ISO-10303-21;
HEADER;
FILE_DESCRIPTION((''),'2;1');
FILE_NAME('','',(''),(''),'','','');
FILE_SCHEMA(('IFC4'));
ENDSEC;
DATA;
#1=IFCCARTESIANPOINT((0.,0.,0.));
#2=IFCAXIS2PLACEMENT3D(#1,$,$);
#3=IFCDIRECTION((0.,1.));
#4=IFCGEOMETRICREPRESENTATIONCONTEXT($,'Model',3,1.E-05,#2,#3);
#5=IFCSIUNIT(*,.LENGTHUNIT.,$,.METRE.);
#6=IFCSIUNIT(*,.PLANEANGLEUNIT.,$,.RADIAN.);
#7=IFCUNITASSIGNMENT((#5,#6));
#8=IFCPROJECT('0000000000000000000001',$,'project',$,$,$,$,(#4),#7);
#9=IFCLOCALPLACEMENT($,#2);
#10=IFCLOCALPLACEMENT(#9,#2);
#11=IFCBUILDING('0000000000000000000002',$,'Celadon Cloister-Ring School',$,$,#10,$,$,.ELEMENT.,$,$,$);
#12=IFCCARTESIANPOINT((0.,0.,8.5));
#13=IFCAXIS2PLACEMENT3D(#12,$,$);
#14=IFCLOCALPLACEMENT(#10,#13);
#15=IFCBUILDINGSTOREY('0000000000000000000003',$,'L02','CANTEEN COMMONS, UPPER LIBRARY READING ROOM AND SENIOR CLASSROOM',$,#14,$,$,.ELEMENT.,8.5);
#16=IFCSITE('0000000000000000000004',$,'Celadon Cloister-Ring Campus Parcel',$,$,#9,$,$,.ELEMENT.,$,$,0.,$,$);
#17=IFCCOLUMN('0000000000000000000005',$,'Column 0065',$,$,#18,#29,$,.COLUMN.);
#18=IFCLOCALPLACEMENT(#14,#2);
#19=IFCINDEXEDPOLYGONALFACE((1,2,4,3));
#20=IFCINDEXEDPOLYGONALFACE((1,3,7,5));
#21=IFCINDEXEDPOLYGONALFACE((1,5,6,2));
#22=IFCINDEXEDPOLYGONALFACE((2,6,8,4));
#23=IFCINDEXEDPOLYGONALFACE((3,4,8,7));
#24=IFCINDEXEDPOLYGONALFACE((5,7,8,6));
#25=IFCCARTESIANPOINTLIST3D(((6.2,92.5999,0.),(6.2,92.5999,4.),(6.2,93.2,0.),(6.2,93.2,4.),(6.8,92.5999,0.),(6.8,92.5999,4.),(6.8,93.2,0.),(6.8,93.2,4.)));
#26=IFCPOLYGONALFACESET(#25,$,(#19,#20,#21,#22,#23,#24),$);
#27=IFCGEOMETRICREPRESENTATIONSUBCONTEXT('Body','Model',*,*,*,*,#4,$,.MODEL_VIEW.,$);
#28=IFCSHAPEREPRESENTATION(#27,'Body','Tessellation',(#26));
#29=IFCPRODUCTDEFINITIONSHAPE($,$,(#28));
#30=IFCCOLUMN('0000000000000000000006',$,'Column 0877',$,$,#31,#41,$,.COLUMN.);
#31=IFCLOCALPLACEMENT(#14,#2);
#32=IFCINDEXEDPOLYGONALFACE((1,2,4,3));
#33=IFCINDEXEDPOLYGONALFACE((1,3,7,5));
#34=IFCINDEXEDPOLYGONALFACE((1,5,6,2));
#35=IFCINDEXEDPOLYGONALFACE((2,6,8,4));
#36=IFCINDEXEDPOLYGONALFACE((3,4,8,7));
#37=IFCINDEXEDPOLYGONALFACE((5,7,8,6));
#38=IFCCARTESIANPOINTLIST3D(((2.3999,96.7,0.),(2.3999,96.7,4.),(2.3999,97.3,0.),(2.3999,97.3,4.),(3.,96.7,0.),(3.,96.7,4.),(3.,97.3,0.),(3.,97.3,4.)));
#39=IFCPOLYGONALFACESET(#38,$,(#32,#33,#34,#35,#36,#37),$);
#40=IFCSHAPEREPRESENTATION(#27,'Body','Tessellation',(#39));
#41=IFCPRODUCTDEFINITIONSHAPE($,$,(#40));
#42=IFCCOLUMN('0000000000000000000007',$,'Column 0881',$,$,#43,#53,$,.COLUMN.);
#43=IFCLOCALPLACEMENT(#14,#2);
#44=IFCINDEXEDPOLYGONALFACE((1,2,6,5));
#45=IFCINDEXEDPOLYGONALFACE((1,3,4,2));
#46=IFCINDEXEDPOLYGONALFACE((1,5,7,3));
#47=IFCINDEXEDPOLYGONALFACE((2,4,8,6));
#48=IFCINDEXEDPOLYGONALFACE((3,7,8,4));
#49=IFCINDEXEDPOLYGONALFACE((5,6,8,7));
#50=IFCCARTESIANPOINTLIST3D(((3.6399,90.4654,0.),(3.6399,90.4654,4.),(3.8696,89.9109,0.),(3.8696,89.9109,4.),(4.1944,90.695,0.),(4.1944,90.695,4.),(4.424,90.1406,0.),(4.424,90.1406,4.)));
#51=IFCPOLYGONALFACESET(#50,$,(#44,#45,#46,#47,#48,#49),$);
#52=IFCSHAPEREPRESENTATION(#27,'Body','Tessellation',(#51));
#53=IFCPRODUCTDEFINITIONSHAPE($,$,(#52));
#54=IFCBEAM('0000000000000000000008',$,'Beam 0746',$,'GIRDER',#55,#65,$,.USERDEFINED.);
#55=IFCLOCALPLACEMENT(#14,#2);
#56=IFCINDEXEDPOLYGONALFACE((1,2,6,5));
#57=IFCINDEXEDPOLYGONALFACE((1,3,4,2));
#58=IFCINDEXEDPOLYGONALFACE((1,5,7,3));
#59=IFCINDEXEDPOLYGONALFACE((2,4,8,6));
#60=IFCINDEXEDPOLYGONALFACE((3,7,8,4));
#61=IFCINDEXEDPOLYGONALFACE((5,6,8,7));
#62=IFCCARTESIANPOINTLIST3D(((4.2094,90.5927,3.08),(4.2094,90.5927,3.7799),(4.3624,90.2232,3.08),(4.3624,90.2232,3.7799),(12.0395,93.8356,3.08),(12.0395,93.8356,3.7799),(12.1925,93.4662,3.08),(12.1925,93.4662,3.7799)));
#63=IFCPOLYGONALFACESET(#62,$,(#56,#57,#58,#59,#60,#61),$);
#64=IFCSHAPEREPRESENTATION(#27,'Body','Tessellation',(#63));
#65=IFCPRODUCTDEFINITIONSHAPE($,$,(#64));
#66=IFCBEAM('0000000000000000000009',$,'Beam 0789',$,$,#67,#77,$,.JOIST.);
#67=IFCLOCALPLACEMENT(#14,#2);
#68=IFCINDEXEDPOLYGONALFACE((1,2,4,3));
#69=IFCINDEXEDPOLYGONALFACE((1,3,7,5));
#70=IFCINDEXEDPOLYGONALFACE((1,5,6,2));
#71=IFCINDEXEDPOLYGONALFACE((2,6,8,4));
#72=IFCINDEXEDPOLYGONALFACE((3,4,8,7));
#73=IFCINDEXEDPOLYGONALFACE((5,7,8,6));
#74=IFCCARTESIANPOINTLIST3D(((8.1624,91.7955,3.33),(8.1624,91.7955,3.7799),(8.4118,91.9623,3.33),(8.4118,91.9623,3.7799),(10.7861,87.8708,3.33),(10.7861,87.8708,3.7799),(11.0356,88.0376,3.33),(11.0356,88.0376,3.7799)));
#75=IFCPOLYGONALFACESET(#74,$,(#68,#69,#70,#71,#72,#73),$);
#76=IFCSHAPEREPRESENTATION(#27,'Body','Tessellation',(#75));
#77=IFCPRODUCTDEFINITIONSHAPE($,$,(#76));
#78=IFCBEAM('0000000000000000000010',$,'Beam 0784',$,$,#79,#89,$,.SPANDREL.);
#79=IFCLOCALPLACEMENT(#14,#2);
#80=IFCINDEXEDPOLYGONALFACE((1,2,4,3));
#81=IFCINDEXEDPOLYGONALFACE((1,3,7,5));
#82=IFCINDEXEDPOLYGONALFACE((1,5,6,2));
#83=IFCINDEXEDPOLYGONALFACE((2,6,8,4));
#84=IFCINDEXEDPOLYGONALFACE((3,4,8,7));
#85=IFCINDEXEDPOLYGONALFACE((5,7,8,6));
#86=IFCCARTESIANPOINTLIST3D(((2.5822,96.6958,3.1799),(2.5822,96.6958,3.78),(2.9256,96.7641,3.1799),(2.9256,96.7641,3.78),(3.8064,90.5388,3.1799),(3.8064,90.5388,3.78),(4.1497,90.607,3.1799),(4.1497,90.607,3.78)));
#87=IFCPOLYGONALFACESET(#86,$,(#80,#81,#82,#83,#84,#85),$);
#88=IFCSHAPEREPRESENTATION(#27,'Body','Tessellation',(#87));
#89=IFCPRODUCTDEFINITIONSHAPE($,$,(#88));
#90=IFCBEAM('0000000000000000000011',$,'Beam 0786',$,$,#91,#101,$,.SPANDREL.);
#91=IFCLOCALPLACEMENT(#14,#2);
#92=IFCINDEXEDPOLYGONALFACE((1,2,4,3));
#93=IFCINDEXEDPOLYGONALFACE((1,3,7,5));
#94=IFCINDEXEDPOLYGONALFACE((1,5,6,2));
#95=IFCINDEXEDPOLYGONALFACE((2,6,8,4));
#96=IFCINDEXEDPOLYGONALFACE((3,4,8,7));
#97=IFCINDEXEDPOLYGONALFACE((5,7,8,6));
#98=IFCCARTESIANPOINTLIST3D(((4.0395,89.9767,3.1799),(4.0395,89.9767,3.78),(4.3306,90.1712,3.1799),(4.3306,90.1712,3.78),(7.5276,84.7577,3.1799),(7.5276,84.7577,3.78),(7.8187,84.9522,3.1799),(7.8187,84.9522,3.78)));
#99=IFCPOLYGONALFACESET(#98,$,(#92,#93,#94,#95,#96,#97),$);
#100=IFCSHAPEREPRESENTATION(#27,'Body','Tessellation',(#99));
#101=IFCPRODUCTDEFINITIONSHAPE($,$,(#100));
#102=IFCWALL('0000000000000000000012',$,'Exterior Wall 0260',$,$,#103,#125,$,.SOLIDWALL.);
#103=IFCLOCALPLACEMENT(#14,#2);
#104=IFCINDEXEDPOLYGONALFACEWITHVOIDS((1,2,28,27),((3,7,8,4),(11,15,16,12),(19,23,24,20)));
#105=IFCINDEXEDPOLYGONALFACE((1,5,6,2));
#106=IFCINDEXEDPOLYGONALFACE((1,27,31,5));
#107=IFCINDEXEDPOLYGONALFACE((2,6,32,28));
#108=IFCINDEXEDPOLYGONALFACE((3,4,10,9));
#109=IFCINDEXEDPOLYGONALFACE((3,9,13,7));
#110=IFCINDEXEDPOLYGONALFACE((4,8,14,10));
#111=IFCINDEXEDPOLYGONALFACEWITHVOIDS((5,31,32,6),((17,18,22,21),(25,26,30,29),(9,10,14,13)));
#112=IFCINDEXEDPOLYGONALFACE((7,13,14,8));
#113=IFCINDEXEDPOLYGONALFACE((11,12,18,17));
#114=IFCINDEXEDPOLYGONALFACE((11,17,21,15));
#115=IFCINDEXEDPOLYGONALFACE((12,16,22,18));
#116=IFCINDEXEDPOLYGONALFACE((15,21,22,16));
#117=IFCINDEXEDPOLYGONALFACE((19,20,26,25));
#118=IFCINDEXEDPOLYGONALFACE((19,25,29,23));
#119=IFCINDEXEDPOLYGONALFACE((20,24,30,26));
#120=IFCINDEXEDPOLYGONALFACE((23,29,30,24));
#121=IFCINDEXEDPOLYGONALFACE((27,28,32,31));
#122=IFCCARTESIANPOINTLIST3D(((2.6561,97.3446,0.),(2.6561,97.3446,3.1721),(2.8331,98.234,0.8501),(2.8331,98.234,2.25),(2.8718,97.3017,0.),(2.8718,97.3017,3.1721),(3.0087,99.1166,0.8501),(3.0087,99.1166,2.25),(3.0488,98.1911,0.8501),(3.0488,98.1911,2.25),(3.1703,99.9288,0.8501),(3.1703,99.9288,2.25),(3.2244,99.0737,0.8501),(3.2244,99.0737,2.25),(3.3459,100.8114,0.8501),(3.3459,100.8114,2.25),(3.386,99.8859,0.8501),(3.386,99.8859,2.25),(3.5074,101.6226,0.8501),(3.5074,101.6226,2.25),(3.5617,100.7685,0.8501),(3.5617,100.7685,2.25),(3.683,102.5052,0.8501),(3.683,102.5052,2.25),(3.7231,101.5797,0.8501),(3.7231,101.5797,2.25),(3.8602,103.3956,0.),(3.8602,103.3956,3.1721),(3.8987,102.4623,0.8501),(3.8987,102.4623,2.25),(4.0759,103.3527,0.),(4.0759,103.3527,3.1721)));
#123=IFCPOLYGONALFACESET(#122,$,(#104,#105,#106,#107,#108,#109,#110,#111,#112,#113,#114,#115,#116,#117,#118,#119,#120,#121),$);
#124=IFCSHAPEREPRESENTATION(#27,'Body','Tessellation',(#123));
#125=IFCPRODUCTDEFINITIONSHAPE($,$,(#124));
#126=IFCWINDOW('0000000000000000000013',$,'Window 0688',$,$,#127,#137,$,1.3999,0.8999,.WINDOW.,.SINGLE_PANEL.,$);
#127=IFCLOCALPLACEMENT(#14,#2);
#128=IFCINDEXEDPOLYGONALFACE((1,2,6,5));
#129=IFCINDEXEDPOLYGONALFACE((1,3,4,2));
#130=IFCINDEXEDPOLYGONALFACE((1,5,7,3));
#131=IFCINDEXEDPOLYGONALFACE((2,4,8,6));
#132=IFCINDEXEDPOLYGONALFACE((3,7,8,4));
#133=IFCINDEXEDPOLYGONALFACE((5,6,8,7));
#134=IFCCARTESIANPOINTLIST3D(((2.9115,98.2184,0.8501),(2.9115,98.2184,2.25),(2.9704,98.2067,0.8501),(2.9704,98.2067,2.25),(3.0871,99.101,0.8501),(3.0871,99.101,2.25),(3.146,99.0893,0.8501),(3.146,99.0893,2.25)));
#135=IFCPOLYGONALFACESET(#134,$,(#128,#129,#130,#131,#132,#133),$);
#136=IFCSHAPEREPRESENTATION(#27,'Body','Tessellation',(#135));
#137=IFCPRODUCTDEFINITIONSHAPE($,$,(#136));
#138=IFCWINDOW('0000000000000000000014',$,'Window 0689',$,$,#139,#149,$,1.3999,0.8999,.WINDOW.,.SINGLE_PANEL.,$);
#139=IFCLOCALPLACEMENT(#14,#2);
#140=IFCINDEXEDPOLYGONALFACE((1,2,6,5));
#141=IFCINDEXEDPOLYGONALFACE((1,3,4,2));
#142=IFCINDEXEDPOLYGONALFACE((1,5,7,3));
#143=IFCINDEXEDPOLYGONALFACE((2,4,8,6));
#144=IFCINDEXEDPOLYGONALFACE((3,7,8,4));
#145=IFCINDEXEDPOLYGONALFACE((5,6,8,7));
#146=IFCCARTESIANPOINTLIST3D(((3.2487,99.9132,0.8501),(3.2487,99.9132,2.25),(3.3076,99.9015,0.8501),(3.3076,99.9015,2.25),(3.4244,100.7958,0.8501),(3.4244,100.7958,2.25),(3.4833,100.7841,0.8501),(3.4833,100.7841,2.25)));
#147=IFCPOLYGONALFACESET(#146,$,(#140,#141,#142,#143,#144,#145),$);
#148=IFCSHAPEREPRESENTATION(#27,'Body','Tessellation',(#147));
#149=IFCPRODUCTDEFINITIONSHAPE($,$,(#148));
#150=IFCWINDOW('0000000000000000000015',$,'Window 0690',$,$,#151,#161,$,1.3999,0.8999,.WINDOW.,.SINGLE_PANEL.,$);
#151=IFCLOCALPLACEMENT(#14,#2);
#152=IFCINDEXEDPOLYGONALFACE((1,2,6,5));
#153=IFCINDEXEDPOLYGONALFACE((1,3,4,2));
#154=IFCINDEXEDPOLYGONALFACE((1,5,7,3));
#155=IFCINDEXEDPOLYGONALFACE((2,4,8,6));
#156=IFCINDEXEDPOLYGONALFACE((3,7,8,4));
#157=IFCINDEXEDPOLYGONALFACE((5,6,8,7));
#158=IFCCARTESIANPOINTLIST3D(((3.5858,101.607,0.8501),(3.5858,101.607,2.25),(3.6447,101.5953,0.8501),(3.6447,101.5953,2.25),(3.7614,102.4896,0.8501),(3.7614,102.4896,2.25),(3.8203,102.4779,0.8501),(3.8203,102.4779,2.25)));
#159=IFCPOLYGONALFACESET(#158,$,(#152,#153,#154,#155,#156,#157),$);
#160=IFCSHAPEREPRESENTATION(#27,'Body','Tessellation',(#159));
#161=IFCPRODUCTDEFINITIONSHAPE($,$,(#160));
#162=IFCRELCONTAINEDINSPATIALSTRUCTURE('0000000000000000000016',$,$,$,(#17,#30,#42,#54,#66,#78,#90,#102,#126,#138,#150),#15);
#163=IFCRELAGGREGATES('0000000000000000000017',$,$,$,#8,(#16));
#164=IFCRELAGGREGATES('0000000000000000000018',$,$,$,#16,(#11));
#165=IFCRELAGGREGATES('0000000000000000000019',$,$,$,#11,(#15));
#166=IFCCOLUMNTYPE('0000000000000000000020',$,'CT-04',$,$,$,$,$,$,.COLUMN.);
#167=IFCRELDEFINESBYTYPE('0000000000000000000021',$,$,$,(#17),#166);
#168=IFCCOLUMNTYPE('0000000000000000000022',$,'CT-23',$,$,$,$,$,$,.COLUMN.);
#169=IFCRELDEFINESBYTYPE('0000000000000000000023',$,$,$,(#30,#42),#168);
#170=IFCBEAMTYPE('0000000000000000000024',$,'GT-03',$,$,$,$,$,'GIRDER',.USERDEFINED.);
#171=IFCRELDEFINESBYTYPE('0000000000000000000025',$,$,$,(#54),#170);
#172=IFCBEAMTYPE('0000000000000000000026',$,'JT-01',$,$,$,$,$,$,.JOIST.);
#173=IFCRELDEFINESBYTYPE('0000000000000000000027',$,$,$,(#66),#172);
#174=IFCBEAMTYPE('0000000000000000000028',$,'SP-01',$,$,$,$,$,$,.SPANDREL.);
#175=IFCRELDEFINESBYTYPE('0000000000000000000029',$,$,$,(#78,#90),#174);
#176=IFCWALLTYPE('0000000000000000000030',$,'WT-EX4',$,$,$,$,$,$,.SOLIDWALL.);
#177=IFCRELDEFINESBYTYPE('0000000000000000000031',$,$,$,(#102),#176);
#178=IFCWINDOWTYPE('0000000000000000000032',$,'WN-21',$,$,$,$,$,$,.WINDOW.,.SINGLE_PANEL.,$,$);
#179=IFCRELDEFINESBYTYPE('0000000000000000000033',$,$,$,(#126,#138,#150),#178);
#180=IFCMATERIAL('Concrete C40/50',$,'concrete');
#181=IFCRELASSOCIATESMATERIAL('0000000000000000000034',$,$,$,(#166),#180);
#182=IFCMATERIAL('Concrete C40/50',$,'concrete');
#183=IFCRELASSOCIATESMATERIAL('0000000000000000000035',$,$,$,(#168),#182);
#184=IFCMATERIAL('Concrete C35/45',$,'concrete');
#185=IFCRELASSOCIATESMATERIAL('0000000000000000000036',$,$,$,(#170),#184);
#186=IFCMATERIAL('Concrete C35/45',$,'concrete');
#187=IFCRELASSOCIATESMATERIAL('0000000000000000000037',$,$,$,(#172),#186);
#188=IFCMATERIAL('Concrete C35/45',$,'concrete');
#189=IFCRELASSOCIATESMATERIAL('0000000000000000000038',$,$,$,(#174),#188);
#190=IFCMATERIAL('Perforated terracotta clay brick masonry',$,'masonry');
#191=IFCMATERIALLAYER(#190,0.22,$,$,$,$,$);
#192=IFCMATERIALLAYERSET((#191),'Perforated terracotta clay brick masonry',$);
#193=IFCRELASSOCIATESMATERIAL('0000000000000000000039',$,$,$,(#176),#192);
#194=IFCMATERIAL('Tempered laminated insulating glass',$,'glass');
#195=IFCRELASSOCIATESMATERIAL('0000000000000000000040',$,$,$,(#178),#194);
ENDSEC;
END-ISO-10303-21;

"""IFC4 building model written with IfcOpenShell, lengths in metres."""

from ifc_helpers import new_model, si_unit, direction, frame, frame_2d, origin, origin_2d, place, context, subcontext, project, spatial, rectangle, extrude, material, layer, layer_set, material_profile, profile_set, type_object, element, fill, save


model = new_model("IFC4")

# Units and contexts
model_context = context("Model", 3, precision=1e-05, world=origin(), true_north=direction((0.0, 1.0)))
body_context = subcontext(model_context, "Body", "Model", "MODEL_VIEW")
ifc_project = project(units=[si_unit("LENGTHUNIT", "METRE"), si_unit("PLANEANGLEUNIT", "RADIAN")], contexts=[model_context])

# Site, building, storey
site_placement = place(None, origin())
site = spatial("IfcSite", under=ifc_project, at=site_placement, Name="Celadon Cloister-Ring Campus Parcel", CompositionType="ELEMENT", RefElevation=0.0)
building_placement = place(site_placement, origin())
building = spatial("IfcBuilding", under=site, at=building_placement, Name="Celadon Cloister-Ring School", CompositionType="ELEMENT")
storey_placement = place(building_placement, frame((0.0, 0.0, 8.5)))
storey = spatial("IfcBuildingStorey", under=building, at=storey_placement, Name="L02", Description="CANTEEN COMMONS, UPPER LIBRARY READING ROOM AND SENIOR CLASSROOM", CompositionType="ELEMENT", Elevation=8.5)

# Columns
ifc_material_1 = material(Name="Concrete C40/50", Category="concrete")
ifc_material_profile_1 = material_profile(ifc_material_1, rectangle(XDim=0.6001, YDim=0.6001, at=origin_2d()), Name="RC600X600")
ifc_profile_set_1 = profile_set([ifc_material_profile_1], Name="Concrete C40/50")
column_type_1 = type_object("IfcColumnType", Name="CT-04", PredefinedType="COLUMN", material=ifc_profile_set_1)
column_placement = place(storey_placement, frame((6.5, 92.8999, 0.0), z_axis=(0.0, 0.0, 1.0), x_axis=(1.0, 0.0, 0.0)))
element("IfcColumn", 1, at=column_placement, inside=storey, type_object=column_type_1, Name="Column 0065", PredefinedType="COLUMN", context=body_context, shape_type="SweptSolid", body=[
    extrude(rectangle(XDim=0.6001, YDim=0.6001, at=origin_2d()), origin(), (0.0, 0.0, 1.0), 4.0),
])
ifc_material_2 = material(Name="Concrete C40/50", Category="concrete")
ifc_material_profile_2 = material_profile(ifc_material_2, rectangle(XDim=0.6001, YDim=0.6001, at=origin_2d()), Name="RC600X600")
ifc_profile_set_2 = profile_set([ifc_material_profile_2], Name="Concrete C40/50")
column_type_2 = type_object("IfcColumnType", Name="CT-23", PredefinedType="COLUMN", material=ifc_profile_set_2)
for number, where, z_axis, x_axis, name in (
    (2, (2.7, 97.0, 0.0), (0.0, 0.0, 1.0), (-1.0, 0.0, 0.0), "Column 0877"),
    (3, (4.032, 90.303, 0.0), (0.0, 0.0, 1.0), (-0.92388, -0.382683, 0.0), "Column 0881"),
):
    element("IfcColumn", number, at=place(storey_placement, frame(where, z_axis=z_axis, x_axis=x_axis)), inside=storey, type_object=column_type_2, Name=name, PredefinedType="COLUMN", context=body_context, shape_type="SweptSolid", body=[
        extrude(rectangle(XDim=0.6001, YDim=0.6001, at=origin_2d()), origin(), (0.0, 0.0, 1.0), 4.0),
    ])

# Beams
ifc_material_3 = material(Name="Concrete C35/45", Category="concrete")
ifc_material_profile_3 = material_profile(ifc_material_3, rectangle(XDim=0.3999, YDim=0.7, at=origin_2d()), Name="RC400X700")
ifc_profile_set_3 = profile_set([ifc_material_profile_3], Name="Concrete C35/45")
beam_type_1 = type_object("IfcBeamType", Name="GT-03", ElementType="GIRDER", PredefinedType="USERDEFINED", material=ifc_profile_set_3)
beam_1_placement = place(storey_placement, frame((4.2859, 90.408, 3.4299), z_axis=(0.923896, 0.382643, 0.0), x_axis=(-0.382643, 0.923896, 0.0)))
element("IfcBeam", 4, at=beam_1_placement, inside=storey, type_object=beam_type_1, Name="Beam 0746", ObjectType="GIRDER", PredefinedType="USERDEFINED", context=body_context, shape_type="SweptSolid", body=[
    extrude(rectangle(XDim=0.3999, YDim=0.7, at=origin_2d()), origin(), (0.0, 0.0, 1.0), 8.4751),
])
ifc_material_4 = material(Name="Concrete C35/45", Category="concrete")
ifc_material_profile_4 = material_profile(ifc_material_4, rectangle(XDim=0.3, YDim=0.45, at=origin_2d()), Name="RC300X450")
ifc_profile_set_4 = profile_set([ifc_material_profile_4], Name="Concrete C35/45")
beam_type_2 = type_object("IfcBeamType", Name="JT-01", PredefinedType="JOIST", material=ifc_profile_set_4)
beam_2_placement = place(storey_placement, frame((8.2871, 91.8789, 3.5549), z_axis=(0.555762, -0.831342, 0.0), x_axis=(0.831342, 0.555762, 0.0)))
element("IfcBeam", 5, at=beam_2_placement, inside=storey, type_object=beam_type_2, Name="Beam 0789", PredefinedType="JOIST", context=body_context, shape_type="SweptSolid", body=[
    extrude(rectangle(XDim=0.3, YDim=0.45, at=origin_2d()), origin(), (0.0, 0.0, 1.0), 4.7209),
])
ifc_material_5 = material(Name="Concrete C35/45", Category="concrete")
ifc_material_profile_5 = material_profile(ifc_material_5, rectangle(XDim=0.3501, YDim=0.6001, at=origin_2d()), Name="RC350X600")
ifc_profile_set_5 = profile_set([ifc_material_profile_5], Name="Concrete C35/45")
beam_type_3 = type_object("IfcBeamType", Name="SP-01", PredefinedType="SPANDREL", material=ifc_profile_set_5)
beam_3_placement = place(storey_placement, frame((2.7539, 96.73, 3.48), z_axis=(0.195002, -0.980803, 0.0), x_axis=(0.980803, 0.195002, 0.0)))
element("IfcBeam", 6, at=beam_3_placement, inside=storey, type_object=beam_type_3, Name="Beam 0784", PredefinedType="SPANDREL", context=body_context, shape_type="SweptSolid", body=[
    extrude(rectangle(XDim=0.3501, YDim=0.6001, at=origin_2d()), origin(), (0.0, 0.0, 1.0), 6.2776),
])
beam_4_placement = place(storey_placement, frame((4.1851, 90.074, 3.48), z_axis=(0.55566, -0.83141, 0.0), x_axis=(0.83141, 0.55566, 0.0)))
element("IfcBeam", 7, at=beam_4_placement, inside=storey, type_object=beam_type_3, Name="Beam 0786", PredefinedType="SPANDREL", context=body_context, shape_type="SweptSolid", body=[
    extrude(rectangle(XDim=0.3501, YDim=0.6001, at=origin_2d()), origin(), (0.0, 0.0, 1.0), 6.2773),
])

# Wall, openings, windows
ifc_material_6 = material(Name="Perforated terracotta clay brick masonry", Category="masonry")
ifc_layer_1 = layer(ifc_material_6, 0.22)
ifc_layer_set_1 = layer_set([ifc_layer_1], Name="Perforated terracotta clay brick masonry")
wall_type_1 = type_object("IfcWallType", Name="WT-EX4", PredefinedType="SOLIDWALL", material=ifc_layer_set_1)
wall_1_placement = place(storey_placement, frame((2.7639, 97.323, 0.0), z_axis=(0.0, 0.0, 1.0), x_axis=(0.195165, 0.98077, 0.0)))
wall_1 = element("IfcWall", 8, at=wall_1_placement, inside=storey, type_object=wall_type_1, Name="Exterior Wall 0260", PredefinedType="SOLIDWALL", context=body_context, shape_type="SweptSolid", body=[
    extrude(rectangle(XDim=6.1697, YDim=0.22, at=frame_2d((3.085, 0.0))), origin(), (0.0, 0.0, 1.0), 3.1721),
])
opening_1_placement = place(wall_1_placement, frame((0.907, 0.0, 0.8501)))
opening_1 = element("IfcOpeningElement", 9, at=opening_1_placement, cuts=wall_1, PredefinedType="OPENING", context=body_context, shape_type="SweptSolid", body=[
    extrude(rectangle(XDim=0.8999, YDim=1.3999, at=frame_2d((0.45, 0.7))), frame((0.0, 0.1201, 0.0), z_axis=(0.0, -1.0, 0.0), x_axis=(1.0, 0.0, 0.0)), (0.0, 0.0, 1.0), 0.24),
])
opening_2_placement = place(wall_1_placement, frame((2.635, 0.0, 0.8501)))
opening_2 = element("IfcOpeningElement", 10, at=opening_2_placement, cuts=wall_1, PredefinedType="OPENING", context=body_context, shape_type="SweptSolid", body=[
    extrude(rectangle(XDim=0.8999, YDim=1.3999, at=frame_2d((0.45, 0.7))), frame((0.0, 0.1201, 0.0), z_axis=(0.0, -1.0, 0.0), x_axis=(1.0, 0.0, 0.0)), (0.0, 0.0, 1.0), 0.24),
])
opening_3_placement = place(wall_1_placement, frame((4.3621, 0.0, 0.8501)))
opening_3 = element("IfcOpeningElement", 11, at=opening_3_placement, cuts=wall_1, PredefinedType="OPENING", context=body_context, shape_type="SweptSolid", body=[
    extrude(rectangle(XDim=0.8999, YDim=1.3999, at=frame_2d((0.45, 0.7))), frame((0.0, 0.1201, 0.0), z_axis=(0.0, -1.0, 0.0), x_axis=(1.0, 0.0, 0.0)), (0.0, 0.0, 1.0), 0.24),
])
ifc_material_7 = material(Name="Tempered laminated insulating glass", Category="glass")
window_type = type_object("IfcWindowType", Name="WN-21", PartitioningType="SINGLE_PANEL", PredefinedType="WINDOW", material=ifc_material_7)
window_1_placement = place(opening_1_placement, origin())
window_1 = element("IfcWindow", 12, at=window_1_placement, inside=storey, type_object=window_type, Name="Window 0688", OverallHeight=1.3999, OverallWidth=0.8999, PartitioningType="SINGLE_PANEL", PredefinedType="WINDOW", context=body_context, shape_type="SweptSolid", body=[
    extrude(rectangle(XDim=0.8999, YDim=1.3999, at=frame_2d((0.45, 0.7))), frame((0.0, 0.03, 0.0), z_axis=(0.0, -1.0, 0.0), x_axis=(1.0, 0.0, 0.0)), (0.0, 0.0, 1.0), 0.0601),
])
fill(opening_1, window_1)
window_2_placement = place(opening_2_placement, origin())
window_2 = element("IfcWindow", 13, at=window_2_placement, inside=storey, type_object=window_type, Name="Window 0689", OverallHeight=1.3999, OverallWidth=0.8999, PartitioningType="SINGLE_PANEL", PredefinedType="WINDOW", context=body_context, shape_type="SweptSolid", body=[
    extrude(rectangle(XDim=0.8999, YDim=1.3999, at=frame_2d((0.45, 0.7))), frame((0.0, 0.03, 0.0), z_axis=(0.0, -1.0, 0.0), x_axis=(1.0, 0.0, 0.0)), (0.0, 0.0, 1.0), 0.0601),
])
fill(opening_2, window_2)
window_3_placement = place(opening_3_placement, origin())
window_3 = element("IfcWindow", 14, at=window_3_placement, inside=storey, type_object=window_type, Name="Window 0690", OverallHeight=1.3999, OverallWidth=0.8999, PartitioningType="SINGLE_PANEL", PredefinedType="WINDOW", context=body_context, shape_type="SweptSolid", body=[
    extrude(rectangle(XDim=0.8999, YDim=1.3999, at=frame_2d((0.45, 0.7))), frame((0.0, 0.03, 0.0), z_axis=(0.0, -1.0, 0.0), x_axis=(1.0, 0.0, 0.0)), (0.0, 0.0, 1.0), 0.0601),
])
fill(opening_3, window_3)

save(model, "model.ifc")
